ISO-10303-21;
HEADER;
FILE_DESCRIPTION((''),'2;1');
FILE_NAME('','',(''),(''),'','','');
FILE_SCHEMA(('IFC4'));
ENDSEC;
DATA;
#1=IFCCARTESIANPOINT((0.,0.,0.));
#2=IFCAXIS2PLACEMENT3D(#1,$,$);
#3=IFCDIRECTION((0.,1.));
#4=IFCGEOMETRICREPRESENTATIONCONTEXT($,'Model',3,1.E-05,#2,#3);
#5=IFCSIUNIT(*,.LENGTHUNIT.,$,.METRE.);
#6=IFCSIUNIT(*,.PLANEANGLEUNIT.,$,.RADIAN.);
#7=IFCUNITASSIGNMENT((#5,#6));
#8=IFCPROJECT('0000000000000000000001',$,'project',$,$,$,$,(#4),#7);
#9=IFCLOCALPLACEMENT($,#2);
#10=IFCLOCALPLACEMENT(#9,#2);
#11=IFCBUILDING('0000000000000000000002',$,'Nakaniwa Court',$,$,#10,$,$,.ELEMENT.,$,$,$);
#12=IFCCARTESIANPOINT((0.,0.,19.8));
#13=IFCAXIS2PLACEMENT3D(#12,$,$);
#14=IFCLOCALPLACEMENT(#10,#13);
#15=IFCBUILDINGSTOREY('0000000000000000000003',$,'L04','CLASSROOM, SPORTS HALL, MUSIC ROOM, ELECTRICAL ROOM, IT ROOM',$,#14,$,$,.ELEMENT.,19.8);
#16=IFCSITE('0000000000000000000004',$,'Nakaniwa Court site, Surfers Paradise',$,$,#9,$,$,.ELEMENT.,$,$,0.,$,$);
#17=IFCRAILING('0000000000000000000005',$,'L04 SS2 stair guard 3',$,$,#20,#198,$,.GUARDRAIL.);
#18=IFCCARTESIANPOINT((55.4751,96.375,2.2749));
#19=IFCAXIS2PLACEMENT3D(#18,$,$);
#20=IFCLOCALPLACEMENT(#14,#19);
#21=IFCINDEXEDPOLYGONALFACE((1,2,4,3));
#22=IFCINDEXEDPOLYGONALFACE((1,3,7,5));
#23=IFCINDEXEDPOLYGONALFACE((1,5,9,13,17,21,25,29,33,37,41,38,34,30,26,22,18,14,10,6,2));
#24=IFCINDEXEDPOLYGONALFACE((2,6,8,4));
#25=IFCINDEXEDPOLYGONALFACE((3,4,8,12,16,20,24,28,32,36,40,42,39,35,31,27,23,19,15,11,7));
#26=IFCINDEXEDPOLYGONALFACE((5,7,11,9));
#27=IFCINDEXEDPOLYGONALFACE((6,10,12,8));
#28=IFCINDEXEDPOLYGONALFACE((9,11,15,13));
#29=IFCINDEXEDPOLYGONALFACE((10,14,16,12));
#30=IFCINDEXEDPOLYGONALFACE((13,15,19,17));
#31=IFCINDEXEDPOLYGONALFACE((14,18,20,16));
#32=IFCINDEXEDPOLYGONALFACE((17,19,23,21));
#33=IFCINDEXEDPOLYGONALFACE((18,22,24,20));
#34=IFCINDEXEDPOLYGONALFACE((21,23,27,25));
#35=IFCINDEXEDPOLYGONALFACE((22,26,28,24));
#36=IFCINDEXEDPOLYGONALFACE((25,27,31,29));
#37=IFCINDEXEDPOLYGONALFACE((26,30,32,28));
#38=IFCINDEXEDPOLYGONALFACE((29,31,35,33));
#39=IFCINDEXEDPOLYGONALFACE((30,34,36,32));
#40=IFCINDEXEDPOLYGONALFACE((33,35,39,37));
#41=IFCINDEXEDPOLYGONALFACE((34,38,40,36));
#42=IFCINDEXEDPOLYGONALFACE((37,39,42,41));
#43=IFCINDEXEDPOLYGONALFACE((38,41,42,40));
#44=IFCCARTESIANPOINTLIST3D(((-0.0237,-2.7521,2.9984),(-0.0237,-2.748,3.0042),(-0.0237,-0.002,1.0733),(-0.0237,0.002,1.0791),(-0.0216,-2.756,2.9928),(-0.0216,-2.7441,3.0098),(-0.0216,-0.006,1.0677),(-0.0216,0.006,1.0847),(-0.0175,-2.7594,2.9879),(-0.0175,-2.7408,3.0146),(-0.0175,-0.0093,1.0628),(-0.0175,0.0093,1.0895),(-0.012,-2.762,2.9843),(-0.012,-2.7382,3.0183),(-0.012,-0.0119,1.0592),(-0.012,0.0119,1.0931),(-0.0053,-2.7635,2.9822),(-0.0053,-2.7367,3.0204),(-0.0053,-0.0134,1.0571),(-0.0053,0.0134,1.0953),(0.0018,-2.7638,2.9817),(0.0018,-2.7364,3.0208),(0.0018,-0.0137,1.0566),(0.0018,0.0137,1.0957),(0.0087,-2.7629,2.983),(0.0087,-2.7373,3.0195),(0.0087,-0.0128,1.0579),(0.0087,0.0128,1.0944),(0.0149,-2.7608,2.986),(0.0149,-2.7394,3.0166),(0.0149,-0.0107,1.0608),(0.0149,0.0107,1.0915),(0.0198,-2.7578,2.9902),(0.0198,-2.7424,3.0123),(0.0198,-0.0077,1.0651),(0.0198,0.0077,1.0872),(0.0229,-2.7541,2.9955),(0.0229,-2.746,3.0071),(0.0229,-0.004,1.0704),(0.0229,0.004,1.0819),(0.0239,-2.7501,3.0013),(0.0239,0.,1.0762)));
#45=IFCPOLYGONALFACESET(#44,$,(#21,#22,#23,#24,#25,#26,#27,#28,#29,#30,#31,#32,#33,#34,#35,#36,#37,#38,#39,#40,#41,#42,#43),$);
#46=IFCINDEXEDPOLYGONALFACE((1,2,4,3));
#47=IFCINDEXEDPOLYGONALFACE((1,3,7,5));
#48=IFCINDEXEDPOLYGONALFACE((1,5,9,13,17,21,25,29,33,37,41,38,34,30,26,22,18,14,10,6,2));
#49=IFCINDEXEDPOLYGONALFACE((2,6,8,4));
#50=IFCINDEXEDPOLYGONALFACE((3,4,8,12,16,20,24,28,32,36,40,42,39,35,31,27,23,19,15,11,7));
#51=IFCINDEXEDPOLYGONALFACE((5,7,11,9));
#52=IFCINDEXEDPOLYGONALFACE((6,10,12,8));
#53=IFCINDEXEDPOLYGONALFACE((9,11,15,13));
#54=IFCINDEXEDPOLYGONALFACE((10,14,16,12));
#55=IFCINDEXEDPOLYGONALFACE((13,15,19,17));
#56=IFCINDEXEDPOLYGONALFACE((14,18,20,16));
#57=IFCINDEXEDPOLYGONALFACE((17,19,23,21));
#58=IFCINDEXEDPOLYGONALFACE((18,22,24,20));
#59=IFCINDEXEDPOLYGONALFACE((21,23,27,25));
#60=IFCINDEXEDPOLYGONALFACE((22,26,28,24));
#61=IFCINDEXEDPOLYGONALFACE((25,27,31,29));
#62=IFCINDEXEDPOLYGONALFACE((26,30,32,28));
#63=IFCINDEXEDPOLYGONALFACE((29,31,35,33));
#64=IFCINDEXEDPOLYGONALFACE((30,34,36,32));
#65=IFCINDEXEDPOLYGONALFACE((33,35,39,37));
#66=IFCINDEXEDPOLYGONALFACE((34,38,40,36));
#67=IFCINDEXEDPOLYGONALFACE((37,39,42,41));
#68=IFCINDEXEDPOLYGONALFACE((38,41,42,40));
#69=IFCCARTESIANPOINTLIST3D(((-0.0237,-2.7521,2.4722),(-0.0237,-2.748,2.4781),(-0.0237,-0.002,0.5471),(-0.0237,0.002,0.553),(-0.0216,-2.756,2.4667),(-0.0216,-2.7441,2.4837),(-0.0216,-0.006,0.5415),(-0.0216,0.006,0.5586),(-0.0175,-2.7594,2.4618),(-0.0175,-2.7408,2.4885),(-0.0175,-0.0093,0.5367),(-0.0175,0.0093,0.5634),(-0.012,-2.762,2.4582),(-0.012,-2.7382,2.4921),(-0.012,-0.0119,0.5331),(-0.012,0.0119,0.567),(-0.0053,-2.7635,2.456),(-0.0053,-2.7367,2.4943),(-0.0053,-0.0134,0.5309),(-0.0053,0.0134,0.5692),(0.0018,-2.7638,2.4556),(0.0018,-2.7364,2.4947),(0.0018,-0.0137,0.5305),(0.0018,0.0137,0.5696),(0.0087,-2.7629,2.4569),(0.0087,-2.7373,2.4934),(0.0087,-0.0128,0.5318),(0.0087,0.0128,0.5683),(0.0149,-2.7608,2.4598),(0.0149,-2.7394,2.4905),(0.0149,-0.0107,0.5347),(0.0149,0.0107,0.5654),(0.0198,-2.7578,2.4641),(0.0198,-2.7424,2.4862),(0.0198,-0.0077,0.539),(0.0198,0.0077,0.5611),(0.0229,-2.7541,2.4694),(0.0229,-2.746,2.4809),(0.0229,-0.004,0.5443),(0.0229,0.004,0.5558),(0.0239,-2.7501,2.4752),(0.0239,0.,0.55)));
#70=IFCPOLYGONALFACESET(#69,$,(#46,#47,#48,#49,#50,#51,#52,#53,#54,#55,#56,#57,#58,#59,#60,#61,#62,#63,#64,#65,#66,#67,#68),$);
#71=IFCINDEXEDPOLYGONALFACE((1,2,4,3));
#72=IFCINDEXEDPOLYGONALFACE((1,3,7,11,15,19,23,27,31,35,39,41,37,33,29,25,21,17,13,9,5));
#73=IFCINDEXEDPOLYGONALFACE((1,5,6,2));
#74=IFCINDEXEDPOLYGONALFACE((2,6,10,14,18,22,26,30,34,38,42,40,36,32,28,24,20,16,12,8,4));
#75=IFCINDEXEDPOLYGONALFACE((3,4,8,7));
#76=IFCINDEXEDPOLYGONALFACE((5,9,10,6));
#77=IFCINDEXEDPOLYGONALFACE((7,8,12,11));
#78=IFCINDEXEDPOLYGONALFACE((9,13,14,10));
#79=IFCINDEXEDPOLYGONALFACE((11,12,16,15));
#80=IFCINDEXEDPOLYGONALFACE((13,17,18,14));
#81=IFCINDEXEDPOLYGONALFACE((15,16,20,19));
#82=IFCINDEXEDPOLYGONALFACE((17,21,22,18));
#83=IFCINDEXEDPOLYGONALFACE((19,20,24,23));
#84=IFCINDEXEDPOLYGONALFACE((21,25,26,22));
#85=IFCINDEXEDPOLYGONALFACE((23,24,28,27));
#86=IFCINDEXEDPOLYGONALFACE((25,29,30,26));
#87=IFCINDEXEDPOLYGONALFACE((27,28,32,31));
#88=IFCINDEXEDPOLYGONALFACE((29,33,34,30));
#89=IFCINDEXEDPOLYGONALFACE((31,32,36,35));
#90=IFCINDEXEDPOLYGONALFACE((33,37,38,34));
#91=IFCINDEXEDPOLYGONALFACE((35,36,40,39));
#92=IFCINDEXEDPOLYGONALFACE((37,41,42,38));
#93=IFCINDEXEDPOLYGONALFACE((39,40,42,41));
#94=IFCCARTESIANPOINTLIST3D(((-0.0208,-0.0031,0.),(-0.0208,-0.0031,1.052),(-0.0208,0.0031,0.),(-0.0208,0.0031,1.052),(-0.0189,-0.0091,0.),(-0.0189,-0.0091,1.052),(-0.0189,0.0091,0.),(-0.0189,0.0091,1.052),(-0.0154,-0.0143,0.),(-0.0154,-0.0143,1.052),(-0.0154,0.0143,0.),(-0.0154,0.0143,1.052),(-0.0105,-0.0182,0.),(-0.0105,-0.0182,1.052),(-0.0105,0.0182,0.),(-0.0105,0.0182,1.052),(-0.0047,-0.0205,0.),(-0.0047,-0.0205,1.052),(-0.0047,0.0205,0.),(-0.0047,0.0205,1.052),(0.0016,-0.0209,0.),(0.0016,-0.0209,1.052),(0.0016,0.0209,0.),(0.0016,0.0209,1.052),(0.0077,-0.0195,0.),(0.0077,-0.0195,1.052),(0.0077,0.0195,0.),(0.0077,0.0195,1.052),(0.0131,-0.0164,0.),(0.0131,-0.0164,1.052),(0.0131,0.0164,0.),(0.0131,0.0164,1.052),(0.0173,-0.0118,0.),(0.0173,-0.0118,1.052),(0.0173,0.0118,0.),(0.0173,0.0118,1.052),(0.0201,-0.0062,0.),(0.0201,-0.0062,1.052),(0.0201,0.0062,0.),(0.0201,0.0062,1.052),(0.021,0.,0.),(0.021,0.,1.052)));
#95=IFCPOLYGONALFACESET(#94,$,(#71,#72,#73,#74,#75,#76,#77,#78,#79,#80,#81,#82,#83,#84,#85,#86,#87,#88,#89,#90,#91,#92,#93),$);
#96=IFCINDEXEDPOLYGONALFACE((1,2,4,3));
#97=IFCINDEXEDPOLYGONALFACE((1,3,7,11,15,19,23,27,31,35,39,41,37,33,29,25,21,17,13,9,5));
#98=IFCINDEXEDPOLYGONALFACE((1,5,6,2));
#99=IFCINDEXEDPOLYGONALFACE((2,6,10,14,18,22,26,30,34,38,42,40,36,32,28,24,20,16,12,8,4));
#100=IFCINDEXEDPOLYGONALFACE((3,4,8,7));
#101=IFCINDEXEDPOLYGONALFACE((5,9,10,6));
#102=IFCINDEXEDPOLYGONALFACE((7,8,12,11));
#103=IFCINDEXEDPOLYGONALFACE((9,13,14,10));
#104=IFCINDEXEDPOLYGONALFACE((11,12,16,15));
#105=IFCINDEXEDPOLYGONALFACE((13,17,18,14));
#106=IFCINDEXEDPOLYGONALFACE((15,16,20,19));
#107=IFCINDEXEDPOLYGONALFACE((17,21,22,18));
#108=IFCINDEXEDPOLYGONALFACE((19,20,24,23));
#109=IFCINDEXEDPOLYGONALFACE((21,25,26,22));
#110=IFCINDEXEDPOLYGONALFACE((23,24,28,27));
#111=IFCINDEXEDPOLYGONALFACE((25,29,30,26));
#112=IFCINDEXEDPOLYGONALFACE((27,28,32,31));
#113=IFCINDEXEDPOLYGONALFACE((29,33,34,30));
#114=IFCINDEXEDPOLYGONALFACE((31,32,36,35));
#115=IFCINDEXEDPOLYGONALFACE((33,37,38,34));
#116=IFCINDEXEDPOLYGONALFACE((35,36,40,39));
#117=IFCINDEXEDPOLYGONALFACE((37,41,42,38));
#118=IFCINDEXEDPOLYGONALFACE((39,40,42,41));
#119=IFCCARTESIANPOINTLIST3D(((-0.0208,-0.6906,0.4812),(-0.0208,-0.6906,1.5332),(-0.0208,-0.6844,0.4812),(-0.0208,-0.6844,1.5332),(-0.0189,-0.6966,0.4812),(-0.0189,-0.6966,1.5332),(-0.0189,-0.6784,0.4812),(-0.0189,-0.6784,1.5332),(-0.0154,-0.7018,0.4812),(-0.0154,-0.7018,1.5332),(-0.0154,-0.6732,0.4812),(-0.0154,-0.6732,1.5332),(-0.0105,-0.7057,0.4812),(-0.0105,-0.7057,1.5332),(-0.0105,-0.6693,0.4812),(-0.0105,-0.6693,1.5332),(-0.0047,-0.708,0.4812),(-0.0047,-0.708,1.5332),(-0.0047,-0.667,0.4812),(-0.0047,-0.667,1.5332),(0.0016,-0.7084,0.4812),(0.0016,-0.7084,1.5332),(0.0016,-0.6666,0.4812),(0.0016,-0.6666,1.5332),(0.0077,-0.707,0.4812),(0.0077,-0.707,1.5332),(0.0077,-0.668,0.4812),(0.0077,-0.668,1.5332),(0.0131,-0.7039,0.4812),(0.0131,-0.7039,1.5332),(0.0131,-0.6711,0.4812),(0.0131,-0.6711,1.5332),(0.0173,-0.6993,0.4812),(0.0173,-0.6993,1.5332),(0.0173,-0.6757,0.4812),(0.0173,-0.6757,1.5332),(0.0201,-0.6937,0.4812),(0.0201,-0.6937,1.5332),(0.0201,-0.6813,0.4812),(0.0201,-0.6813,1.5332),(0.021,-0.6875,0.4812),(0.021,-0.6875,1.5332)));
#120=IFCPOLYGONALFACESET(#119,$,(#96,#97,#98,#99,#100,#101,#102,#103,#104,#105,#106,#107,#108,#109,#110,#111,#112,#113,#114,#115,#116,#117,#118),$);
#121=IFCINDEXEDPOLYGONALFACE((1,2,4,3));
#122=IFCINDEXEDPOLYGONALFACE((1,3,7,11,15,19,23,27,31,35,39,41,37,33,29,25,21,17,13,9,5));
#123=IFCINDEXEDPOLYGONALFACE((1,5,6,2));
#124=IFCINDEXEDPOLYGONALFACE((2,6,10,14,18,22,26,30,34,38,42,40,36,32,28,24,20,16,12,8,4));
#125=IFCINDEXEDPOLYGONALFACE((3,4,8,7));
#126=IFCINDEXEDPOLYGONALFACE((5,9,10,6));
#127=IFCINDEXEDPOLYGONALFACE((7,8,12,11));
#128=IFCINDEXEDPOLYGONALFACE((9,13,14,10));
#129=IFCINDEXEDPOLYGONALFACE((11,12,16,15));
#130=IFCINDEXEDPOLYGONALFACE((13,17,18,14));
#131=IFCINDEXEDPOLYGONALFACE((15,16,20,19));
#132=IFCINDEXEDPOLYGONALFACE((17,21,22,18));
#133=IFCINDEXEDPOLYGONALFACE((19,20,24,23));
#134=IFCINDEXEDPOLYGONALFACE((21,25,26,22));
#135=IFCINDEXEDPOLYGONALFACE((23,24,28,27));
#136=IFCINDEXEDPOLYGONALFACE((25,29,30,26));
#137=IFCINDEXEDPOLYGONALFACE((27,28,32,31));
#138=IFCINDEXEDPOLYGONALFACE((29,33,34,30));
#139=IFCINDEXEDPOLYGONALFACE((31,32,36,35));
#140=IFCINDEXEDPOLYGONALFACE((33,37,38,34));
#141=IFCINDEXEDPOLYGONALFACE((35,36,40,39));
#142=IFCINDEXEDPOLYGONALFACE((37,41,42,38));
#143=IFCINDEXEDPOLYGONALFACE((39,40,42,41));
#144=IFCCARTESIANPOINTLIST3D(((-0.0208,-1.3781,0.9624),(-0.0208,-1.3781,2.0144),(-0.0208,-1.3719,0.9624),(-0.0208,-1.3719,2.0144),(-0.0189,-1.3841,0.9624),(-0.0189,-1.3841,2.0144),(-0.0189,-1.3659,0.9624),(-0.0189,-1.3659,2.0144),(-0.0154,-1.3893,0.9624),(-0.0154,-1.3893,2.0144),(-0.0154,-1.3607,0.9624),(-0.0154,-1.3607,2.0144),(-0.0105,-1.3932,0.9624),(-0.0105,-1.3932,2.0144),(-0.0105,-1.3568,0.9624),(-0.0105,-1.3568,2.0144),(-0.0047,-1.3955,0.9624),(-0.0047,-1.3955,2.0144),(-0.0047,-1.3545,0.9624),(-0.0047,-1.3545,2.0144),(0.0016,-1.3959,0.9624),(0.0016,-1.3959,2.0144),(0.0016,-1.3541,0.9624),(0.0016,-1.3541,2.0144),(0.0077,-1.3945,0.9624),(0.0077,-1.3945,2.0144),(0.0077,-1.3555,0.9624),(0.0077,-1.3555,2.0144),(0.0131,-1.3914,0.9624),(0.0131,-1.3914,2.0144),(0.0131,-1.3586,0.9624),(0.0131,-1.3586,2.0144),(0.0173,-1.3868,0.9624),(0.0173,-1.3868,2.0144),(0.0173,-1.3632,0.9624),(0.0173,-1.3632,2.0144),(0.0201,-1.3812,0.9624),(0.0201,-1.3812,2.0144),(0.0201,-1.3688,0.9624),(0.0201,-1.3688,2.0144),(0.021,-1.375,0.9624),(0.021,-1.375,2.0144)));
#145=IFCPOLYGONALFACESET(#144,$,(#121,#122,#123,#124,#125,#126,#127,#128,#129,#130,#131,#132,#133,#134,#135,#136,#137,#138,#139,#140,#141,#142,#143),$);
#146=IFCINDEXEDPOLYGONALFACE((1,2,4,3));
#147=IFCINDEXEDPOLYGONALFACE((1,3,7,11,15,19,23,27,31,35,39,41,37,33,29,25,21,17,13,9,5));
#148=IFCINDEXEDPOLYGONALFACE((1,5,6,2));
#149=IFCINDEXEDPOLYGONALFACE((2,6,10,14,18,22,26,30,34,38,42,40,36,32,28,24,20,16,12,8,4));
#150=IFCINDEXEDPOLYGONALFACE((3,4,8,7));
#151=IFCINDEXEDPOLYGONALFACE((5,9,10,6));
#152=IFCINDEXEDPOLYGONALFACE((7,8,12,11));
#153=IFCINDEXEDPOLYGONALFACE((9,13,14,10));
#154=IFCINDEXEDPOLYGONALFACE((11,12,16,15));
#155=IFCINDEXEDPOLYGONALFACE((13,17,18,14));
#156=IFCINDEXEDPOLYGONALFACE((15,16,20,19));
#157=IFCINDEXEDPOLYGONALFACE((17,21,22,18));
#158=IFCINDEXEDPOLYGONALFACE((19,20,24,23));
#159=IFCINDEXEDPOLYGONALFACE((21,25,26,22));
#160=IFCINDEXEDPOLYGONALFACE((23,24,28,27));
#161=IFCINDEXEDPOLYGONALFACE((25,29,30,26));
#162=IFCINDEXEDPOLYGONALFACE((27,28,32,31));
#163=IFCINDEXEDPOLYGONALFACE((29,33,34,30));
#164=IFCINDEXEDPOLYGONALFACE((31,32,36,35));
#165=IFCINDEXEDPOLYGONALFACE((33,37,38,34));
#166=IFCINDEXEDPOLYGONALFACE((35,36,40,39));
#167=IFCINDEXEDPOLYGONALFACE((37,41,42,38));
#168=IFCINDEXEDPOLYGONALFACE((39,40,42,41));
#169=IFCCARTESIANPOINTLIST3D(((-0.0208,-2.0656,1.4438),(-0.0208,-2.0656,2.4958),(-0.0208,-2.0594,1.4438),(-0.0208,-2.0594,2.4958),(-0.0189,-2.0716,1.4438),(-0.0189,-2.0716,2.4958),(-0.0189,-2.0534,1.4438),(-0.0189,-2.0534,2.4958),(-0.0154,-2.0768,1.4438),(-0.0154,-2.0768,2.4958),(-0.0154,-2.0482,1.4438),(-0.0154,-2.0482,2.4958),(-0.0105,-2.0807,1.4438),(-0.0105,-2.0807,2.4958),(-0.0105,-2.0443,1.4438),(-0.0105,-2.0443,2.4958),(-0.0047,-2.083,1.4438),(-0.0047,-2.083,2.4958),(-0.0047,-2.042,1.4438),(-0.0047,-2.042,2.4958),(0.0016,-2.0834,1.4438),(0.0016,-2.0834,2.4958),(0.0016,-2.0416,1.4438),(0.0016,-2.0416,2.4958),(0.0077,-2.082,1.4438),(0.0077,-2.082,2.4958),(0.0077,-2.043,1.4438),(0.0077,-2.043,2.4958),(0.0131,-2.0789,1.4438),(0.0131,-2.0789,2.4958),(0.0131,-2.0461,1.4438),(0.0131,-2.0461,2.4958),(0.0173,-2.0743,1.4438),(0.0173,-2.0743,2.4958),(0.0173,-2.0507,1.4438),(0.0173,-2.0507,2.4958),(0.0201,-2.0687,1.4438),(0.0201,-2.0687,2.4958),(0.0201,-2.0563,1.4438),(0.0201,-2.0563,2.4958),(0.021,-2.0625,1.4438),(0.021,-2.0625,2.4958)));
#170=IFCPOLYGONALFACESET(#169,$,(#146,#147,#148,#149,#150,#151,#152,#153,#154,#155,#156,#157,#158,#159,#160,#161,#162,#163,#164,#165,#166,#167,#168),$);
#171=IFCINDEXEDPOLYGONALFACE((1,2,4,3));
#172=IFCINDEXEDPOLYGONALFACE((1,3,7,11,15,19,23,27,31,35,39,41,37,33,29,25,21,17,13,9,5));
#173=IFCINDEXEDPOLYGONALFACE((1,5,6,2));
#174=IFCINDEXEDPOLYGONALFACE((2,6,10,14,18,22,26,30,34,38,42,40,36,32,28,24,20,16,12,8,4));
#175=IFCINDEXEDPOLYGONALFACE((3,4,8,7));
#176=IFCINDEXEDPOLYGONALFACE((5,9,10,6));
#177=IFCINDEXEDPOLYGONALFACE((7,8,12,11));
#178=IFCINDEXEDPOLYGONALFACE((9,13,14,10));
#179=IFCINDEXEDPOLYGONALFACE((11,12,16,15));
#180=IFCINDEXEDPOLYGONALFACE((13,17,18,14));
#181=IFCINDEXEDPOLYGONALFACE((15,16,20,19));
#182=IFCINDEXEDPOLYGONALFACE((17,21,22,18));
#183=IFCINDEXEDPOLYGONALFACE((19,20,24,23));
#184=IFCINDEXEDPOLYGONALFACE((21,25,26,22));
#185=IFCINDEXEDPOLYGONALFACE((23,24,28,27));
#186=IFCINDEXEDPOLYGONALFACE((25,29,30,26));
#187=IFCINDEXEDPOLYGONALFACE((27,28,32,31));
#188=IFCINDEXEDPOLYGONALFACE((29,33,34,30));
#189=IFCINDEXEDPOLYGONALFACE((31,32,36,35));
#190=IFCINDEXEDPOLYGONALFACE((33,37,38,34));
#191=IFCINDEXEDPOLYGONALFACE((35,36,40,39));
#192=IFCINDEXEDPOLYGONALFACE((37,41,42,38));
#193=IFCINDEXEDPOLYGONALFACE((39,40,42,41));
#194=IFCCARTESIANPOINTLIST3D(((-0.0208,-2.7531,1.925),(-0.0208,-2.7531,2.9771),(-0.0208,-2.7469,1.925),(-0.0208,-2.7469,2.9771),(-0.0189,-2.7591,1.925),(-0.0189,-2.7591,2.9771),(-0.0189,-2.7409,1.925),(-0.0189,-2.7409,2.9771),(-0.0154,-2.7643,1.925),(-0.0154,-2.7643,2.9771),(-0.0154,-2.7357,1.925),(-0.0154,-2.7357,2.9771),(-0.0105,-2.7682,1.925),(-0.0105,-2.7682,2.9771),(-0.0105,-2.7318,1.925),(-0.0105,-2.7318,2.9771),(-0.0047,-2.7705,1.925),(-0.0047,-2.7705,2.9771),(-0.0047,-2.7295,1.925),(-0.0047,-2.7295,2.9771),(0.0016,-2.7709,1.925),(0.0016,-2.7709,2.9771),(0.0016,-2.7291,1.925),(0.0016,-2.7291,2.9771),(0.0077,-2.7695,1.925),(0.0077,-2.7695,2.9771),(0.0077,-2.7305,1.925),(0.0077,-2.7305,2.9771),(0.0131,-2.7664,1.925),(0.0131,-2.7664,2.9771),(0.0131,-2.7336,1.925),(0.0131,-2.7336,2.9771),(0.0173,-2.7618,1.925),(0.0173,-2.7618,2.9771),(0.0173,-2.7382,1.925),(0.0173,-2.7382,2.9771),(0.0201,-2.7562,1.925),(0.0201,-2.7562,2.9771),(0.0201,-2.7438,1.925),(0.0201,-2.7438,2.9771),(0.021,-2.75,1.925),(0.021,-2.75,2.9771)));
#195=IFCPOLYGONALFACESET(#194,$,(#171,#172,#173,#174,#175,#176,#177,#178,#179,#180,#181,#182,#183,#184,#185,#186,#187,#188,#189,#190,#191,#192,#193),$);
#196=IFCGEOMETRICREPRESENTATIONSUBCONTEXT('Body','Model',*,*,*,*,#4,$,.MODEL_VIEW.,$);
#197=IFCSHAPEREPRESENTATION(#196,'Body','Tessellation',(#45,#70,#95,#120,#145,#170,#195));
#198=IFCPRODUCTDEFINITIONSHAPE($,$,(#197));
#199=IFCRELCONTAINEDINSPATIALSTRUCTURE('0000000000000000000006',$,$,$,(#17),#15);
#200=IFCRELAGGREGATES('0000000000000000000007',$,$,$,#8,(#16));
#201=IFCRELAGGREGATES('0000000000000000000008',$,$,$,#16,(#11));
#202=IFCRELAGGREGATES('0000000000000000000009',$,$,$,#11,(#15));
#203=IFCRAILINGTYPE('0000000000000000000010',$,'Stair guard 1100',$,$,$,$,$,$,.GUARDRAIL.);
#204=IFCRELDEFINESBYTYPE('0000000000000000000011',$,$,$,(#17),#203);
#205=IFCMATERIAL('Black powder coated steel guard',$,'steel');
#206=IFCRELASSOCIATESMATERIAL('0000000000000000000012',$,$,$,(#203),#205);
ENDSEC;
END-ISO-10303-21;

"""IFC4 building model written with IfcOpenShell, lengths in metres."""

from ifc_helpers import new_model, si_unit, direction, frame, origin, origin_2d, place, context, subcontext, project, spatial, circle, extrude, material, type_object, element, save


model = new_model("IFC4")

# Units and contexts
model_context = context("Model", 3, precision=1e-05, world=origin(), true_north=direction((0.0, 1.0)))
body_context = subcontext(model_context, "Body", "Model", "MODEL_VIEW")
ifc_project = project(units=[si_unit("LENGTHUNIT", "METRE"), si_unit("PLANEANGLEUNIT", "RADIAN")], contexts=[model_context])

# Site, building, storey
site_placement = place(None, origin())
site = spatial("IfcSite", under=ifc_project, at=site_placement, Name="Nakaniwa Court site, Surfers Paradise", CompositionType="ELEMENT", RefElevation=0.0)
building_placement = place(site_placement, origin())
building = spatial("IfcBuilding", under=site, at=building_placement, Name="Nakaniwa Court", CompositionType="ELEMENT")
storey_placement = place(building_placement, frame((0.0, 0.0, 19.8)))
storey = spatial("IfcBuildingStorey", under=building, at=storey_placement, Name="L04", Description="CLASSROOM, SPORTS HALL, MUSIC ROOM, ELECTRICAL ROOM, IT ROOM", CompositionType="ELEMENT", Elevation=19.8)

# Railing
ifc_material_1 = material(Name="Black powder coated steel guard", Category="steel")
railing_type_1 = type_object("IfcRailingType", Name="Stair guard 1100", PredefinedType="GUARDRAIL", material=ifc_material_1)
railing_1_placement = place(storey_placement, frame((55.4751, 96.375, 2.2749)))
element("IfcRailing", 1, at=railing_1_placement, inside=storey, type_object=railing_type_1, Name="L04 SS2 stair guard 3", PredefinedType="GUARDRAIL", context=body_context, shape_type="SweptSolid", body=[
    extrude(circle(Radius=0.0239, at=origin_2d()), frame((0.0, 0.0, 1.0762), z_axis=(0.0, -0.819225, 0.573472), x_axis=(1.0, 0.0, 0.0)), (0.0, 0.0, 1.0), 3.3569),
    extrude(circle(Radius=0.0239, at=origin_2d()), frame((0.0, 0.0, 0.55), z_axis=(0.0, -0.819225, 0.573472), x_axis=(1.0, 0.0, 0.0)), (0.0, 0.0, 1.0), 3.3569),
    extrude(circle(Radius=0.021, at=origin_2d()), origin(), (0.0, 0.0, 1.0), 1.052),
    extrude(circle(Radius=0.021, at=origin_2d()), frame((0.0, -0.6875, 0.4812)), (0.0, 0.0, 1.0), 1.052),
    extrude(circle(Radius=0.021, at=origin_2d()), frame((0.0, -1.375, 0.9624)), (0.0, 0.0, 1.0), 1.052),
    extrude(circle(Radius=0.021, at=origin_2d()), frame((0.0, -2.0625, 1.4438)), (0.0, 0.0, 1.0), 1.052),
    extrude(circle(Radius=0.021, at=origin_2d()), frame((0.0, -2.75, 1.925)), (0.0, 0.0, 1.0), 1.052),
])

save(model, "model.ifc")
